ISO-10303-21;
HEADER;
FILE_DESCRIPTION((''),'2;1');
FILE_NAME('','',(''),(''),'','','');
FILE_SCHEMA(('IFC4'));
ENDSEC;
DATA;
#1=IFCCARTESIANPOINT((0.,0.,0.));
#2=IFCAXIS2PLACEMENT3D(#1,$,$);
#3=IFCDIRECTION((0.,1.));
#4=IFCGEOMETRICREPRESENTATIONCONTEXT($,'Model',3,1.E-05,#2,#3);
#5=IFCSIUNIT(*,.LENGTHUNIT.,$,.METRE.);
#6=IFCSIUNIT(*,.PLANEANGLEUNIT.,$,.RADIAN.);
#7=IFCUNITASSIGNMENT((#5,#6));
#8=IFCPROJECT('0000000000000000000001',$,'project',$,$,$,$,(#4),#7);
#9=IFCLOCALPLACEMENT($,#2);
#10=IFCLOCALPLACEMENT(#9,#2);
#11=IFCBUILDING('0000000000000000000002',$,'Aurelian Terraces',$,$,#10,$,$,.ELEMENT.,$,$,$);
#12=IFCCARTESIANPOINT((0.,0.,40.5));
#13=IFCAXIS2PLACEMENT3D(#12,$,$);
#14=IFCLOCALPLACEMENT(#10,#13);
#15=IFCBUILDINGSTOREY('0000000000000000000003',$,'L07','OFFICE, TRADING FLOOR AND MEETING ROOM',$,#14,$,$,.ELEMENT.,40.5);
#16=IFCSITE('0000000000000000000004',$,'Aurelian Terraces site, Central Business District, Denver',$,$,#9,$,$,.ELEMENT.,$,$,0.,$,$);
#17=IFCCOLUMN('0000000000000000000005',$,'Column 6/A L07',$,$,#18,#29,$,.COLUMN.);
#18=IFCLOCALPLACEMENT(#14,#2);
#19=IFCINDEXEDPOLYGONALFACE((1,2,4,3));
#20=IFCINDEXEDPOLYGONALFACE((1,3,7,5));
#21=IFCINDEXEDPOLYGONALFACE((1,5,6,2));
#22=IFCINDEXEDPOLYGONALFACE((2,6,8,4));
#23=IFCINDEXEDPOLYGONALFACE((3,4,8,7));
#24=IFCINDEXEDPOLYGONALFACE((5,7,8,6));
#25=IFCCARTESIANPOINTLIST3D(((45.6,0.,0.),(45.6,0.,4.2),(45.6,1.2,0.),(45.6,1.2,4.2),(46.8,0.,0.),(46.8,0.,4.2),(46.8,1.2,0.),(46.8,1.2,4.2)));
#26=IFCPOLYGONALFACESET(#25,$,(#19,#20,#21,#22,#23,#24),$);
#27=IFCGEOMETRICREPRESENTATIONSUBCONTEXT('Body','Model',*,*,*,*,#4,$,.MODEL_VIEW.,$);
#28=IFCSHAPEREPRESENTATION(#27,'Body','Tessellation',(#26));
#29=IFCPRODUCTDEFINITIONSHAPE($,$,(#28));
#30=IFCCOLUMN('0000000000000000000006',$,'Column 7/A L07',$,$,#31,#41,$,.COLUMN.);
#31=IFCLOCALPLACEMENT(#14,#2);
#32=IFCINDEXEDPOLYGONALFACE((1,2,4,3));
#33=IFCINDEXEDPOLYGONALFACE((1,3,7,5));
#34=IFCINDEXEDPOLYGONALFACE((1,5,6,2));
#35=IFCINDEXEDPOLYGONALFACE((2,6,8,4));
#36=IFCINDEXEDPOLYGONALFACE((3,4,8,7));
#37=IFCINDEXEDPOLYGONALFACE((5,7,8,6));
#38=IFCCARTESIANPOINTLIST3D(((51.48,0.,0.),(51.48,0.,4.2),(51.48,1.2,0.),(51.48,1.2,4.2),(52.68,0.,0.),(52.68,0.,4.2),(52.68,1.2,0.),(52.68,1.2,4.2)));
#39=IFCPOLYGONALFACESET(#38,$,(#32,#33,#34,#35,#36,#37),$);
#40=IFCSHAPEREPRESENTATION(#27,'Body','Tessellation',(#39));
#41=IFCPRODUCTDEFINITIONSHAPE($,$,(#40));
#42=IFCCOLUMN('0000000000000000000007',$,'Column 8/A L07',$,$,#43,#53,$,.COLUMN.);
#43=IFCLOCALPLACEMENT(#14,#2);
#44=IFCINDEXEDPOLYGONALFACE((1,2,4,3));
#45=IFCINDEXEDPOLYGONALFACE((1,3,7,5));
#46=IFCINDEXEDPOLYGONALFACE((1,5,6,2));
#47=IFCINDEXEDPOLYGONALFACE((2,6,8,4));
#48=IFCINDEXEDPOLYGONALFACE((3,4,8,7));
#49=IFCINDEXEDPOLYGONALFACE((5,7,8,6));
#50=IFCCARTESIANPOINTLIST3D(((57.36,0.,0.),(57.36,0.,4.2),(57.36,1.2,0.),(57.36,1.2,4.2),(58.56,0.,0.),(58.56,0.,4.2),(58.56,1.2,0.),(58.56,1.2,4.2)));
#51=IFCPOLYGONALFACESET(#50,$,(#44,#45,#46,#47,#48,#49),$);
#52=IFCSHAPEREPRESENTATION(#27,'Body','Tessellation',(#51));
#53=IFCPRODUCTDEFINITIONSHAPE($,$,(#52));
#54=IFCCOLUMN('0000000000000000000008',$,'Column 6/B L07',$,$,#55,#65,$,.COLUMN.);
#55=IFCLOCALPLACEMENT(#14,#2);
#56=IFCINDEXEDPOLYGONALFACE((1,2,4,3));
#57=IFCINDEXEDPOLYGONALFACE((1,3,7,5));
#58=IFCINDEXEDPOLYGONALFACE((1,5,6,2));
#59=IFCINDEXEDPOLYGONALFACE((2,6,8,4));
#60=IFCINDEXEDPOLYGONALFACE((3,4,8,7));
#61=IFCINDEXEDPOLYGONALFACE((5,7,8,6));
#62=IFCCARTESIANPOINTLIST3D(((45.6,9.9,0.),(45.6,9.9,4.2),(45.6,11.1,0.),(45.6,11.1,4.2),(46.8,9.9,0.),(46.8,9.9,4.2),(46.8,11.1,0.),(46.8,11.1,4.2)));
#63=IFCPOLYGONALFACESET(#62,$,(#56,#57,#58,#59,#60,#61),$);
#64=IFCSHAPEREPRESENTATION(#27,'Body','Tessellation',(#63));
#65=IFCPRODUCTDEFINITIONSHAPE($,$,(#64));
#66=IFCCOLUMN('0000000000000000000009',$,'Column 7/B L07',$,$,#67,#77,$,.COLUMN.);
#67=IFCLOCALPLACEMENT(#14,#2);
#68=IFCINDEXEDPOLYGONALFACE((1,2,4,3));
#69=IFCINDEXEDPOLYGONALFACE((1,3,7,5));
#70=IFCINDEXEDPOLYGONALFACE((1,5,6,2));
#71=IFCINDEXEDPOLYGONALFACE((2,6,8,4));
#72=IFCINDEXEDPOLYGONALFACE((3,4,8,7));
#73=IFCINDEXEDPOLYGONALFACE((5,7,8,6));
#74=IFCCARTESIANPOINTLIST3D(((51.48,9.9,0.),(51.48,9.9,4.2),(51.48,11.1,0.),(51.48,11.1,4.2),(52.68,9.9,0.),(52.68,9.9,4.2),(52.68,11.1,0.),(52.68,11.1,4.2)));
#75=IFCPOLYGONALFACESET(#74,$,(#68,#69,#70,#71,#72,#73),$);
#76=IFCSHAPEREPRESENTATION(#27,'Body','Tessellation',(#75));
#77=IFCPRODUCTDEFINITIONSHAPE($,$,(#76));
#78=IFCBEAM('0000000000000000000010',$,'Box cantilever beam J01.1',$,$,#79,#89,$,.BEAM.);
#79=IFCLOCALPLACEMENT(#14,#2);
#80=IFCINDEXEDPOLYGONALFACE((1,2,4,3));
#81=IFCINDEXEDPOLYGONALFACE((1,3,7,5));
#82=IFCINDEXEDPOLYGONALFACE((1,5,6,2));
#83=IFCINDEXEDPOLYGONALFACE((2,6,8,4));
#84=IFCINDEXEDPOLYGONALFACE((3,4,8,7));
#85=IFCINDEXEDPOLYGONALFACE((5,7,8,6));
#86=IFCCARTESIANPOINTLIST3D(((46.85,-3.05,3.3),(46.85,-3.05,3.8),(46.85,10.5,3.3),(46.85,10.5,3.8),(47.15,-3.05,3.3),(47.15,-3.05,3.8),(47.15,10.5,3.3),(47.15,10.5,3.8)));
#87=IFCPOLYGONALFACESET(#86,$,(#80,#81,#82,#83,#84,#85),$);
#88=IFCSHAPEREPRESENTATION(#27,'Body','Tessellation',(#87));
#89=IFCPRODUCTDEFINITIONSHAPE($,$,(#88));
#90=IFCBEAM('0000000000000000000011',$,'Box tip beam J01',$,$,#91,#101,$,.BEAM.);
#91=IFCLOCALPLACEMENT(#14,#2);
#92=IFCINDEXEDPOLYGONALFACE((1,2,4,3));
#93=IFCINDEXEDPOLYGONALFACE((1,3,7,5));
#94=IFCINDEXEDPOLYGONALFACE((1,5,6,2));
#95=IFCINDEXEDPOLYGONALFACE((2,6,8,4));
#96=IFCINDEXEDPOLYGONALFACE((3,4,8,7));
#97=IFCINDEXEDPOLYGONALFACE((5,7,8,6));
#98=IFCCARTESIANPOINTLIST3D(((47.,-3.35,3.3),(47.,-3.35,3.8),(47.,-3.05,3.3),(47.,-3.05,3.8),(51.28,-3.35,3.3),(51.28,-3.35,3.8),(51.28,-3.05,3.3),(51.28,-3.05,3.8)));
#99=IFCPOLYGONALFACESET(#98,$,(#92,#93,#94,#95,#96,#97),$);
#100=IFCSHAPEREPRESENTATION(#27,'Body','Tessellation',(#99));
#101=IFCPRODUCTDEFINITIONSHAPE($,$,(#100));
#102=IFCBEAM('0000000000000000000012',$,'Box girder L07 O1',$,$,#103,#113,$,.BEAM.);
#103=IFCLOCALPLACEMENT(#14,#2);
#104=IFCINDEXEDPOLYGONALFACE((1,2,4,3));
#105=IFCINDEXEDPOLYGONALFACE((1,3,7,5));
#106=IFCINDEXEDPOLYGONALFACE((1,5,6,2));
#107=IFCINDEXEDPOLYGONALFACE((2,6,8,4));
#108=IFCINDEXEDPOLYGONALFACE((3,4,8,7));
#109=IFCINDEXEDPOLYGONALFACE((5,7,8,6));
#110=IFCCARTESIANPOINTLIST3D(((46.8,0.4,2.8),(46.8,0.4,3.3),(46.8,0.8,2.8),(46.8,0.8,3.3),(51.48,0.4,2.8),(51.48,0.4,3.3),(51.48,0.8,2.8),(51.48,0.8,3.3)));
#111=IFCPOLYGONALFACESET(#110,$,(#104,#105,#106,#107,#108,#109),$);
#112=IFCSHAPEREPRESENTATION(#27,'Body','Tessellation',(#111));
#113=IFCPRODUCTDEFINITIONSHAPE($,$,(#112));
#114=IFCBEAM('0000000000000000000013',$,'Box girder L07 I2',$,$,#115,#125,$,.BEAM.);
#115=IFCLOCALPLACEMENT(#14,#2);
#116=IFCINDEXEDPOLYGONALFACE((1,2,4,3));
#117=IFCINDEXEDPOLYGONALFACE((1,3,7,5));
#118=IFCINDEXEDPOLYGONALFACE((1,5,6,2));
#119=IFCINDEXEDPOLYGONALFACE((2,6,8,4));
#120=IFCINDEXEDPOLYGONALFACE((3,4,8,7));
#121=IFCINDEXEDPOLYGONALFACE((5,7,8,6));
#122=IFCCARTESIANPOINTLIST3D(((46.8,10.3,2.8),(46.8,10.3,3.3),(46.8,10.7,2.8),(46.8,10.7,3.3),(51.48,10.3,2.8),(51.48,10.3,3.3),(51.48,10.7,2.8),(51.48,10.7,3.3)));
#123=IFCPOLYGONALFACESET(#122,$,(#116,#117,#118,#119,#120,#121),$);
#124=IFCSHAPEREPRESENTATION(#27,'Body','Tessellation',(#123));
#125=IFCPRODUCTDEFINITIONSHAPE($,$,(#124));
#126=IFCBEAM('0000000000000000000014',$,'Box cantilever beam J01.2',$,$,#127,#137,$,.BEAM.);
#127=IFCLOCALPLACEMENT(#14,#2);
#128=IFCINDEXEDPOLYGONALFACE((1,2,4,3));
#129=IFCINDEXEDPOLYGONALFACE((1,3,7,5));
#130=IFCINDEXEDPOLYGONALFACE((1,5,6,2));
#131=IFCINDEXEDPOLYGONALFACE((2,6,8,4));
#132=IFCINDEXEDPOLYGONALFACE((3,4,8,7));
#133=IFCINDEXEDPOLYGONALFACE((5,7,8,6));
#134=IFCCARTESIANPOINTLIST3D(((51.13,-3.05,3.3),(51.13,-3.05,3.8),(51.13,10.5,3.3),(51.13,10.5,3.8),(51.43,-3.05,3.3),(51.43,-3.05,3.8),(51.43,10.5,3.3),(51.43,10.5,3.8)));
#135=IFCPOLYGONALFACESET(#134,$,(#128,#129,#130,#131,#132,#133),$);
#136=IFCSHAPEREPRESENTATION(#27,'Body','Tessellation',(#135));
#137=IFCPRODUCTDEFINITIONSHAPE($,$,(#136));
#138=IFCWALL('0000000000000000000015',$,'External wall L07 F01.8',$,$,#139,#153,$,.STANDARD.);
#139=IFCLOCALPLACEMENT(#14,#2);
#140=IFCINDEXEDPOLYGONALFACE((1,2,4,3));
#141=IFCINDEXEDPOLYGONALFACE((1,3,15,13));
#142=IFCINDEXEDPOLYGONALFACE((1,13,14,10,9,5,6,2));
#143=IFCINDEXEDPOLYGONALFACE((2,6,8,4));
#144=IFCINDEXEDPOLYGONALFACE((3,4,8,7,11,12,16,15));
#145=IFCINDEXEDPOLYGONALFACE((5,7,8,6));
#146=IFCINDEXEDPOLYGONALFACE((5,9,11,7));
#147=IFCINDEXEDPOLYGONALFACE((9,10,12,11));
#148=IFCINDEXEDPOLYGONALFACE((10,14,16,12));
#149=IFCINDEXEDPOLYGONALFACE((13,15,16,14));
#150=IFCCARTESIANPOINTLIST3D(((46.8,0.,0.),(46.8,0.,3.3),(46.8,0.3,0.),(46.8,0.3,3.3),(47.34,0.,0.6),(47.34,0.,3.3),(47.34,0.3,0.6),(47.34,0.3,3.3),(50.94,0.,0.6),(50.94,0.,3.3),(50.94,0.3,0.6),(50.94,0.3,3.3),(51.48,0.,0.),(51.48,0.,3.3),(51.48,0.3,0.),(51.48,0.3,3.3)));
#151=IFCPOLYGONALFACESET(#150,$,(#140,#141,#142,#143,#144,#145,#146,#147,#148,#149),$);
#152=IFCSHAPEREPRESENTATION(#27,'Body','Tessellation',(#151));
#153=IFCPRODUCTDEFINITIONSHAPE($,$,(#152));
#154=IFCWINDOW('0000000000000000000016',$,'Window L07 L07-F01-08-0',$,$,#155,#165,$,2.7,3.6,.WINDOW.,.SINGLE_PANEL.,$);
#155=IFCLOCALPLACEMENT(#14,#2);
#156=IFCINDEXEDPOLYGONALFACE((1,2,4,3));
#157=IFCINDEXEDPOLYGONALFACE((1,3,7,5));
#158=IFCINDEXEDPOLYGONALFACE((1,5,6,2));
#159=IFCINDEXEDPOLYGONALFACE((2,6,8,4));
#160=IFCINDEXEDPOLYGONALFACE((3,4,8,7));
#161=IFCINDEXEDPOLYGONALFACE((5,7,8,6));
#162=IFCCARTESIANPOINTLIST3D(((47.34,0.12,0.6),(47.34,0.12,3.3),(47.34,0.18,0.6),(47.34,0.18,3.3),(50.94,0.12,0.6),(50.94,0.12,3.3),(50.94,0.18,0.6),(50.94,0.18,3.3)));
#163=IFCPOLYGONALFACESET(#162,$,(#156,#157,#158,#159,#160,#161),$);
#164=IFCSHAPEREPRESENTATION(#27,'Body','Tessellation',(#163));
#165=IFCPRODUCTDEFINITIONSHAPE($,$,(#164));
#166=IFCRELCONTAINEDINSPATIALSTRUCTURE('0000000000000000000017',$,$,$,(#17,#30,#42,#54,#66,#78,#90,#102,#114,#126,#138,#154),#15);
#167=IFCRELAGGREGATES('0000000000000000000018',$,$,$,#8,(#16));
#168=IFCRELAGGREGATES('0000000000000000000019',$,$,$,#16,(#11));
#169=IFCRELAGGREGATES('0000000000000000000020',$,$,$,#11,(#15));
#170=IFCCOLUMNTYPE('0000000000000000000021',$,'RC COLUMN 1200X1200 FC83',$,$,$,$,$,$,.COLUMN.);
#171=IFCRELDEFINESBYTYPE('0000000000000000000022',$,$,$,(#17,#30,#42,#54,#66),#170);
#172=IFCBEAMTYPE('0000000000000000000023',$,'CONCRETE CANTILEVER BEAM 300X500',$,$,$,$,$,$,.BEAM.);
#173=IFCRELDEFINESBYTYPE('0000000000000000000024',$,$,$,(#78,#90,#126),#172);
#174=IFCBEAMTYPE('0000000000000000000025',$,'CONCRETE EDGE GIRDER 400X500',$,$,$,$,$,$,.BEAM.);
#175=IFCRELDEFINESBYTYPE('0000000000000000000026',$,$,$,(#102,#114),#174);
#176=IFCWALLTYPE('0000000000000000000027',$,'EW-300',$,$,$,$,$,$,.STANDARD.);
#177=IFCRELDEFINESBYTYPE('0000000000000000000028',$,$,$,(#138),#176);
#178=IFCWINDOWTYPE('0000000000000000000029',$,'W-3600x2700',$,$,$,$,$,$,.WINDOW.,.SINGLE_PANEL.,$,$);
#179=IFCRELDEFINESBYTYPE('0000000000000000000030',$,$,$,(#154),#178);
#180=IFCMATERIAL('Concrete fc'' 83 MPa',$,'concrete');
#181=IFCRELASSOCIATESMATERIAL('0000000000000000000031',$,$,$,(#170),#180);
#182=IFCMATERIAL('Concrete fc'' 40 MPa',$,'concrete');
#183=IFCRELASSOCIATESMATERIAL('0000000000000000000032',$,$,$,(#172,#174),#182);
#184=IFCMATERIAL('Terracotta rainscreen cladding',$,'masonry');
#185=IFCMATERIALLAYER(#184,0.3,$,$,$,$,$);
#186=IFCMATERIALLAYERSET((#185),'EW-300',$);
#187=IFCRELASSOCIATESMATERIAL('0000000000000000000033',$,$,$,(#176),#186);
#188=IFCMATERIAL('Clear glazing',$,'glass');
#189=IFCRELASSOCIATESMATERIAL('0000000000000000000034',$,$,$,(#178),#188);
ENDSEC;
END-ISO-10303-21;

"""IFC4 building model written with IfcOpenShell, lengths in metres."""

from ifc_helpers import new_model, si_unit, direction, frame, frame_2d, origin, origin_2d, place, context, subcontext, project, spatial, rectangle, extrude, source, transform, mapped, material, layer, layer_set, material_profile, profile_set, type_object, element, fill, save


model = new_model("IFC4")

# Units and contexts
model_context = context("Model", 3, precision=1e-05, world=origin(), true_north=direction((0.0, 1.0)))
body_context = subcontext(model_context, "Body", "Model", "MODEL_VIEW")
ifc_project = project(units=[si_unit("LENGTHUNIT", "METRE"), si_unit("PLANEANGLEUNIT", "RADIAN")], contexts=[model_context])

# Site, building, storey
site_placement = place(None, origin())
site = spatial("IfcSite", under=ifc_project, at=site_placement, Name="Aurelian Terraces site, Central Business District, Denver", CompositionType="ELEMENT", RefElevation=0.0)
building_placement = place(site_placement, origin())
building = spatial("IfcBuilding", under=site, at=building_placement, Name="Aurelian Terraces", CompositionType="ELEMENT")
storey_placement = place(building_placement, frame((0.0, 0.0, 40.5)))
storey = spatial("IfcBuildingStorey", under=building, at=storey_placement, Name="L07", Description="OFFICE, TRADING FLOOR AND MEETING ROOM", CompositionType="ELEMENT", Elevation=40.5)

# Columns
ifc_material_1 = material(Name="Concrete fc' 83 MPa", Category="concrete")
ifc_material_profile_1 = material_profile(ifc_material_1, rectangle(XDim=1.2, YDim=1.2, at=origin_2d()))
ifc_profile_set_1 = profile_set([ifc_material_profile_1], Name="Concrete fc' 83 MPa")
column_type = type_object("IfcColumnType", Name="RC COLUMN 1200X1200 FC83", PredefinedType="COLUMN", material=ifc_profile_set_1)
shared_shape_1 = source(origin(), body_context, "Body", "SweptSolid", [
    extrude(rectangle(XDim=1.2, YDim=1.2, at=origin_2d()), origin(), (0.0, 0.0, 1.0), 4.2),
])
for number, where, z_axis, x_axis, name in (
    (1, (46.2, 0.6, 0.0), (0.0, 0.0, 1.0), (1.0, 0.0, 0.0), "Column 6/A L07"),
    (2, (52.08, 0.6, 0.0), (0.0, 0.0, 1.0), (1.0, 0.0, 0.0), "Column 7/A L07"),
    (3, (57.96, 0.6, 0.0), (0.0, 0.0, 1.0), (1.0, 0.0, 0.0), "Column 8/A L07"),
    (4, (46.2, 10.5, 0.0), (0.0, 0.0, 1.0), (1.0, 0.0, 0.0), "Column 6/B L07"),
    (5, (52.08, 10.5, 0.0), (0.0, 0.0, 1.0), (1.0, 0.0, 0.0), "Column 7/B L07"),
):
    element("IfcColumn", number, at=place(storey_placement, frame(where, z_axis=z_axis, x_axis=x_axis)), inside=storey, type_object=column_type, Name=name, PredefinedType="COLUMN", context=body_context, shape_type="MappedRepresentation", body=[
        mapped(shared_shape_1, transform((0.0, 0.0, 0.0), scale=1.0)),
    ])

# Beams
ifc_material_2 = material(Name="Concrete fc' 40 MPa", Category="concrete")
ifc_material_profile_2 = material_profile(ifc_material_2, rectangle(XDim=0.3, YDim=0.5, at=origin_2d()))
ifc_profile_set_2 = profile_set([ifc_material_profile_2], Name="Concrete fc' 40 MPa")
beam_type_1 = type_object("IfcBeamType", Name="CONCRETE CANTILEVER BEAM 300X500", PredefinedType="BEAM", material=ifc_profile_set_2)
beam_1_placement = place(storey_placement, frame((47.0, -3.05, 3.55), z_axis=(0.0, 1.0, 0.0), x_axis=(-1.0, 0.0, 0.0)))
element("IfcBeam", 6, at=beam_1_placement, inside=storey, type_object=beam_type_1, Name="Box cantilever beam J01.1", PredefinedType="BEAM", context=body_context, shape_type="SweptSolid", body=[
    extrude(rectangle(XDim=0.3, YDim=0.5, at=origin_2d()), origin(), (0.0, 0.0, 1.0), 13.55),
])
beam_2_placement = place(storey_placement, frame((47.0, -3.2, 3.55), z_axis=(1.0, 0.0, 0.0), x_axis=(0.0, 1.0, 0.0)))
element("IfcBeam", 7, at=beam_2_placement, inside=storey, type_object=beam_type_1, Name="Box tip beam J01", PredefinedType="BEAM", context=body_context, shape_type="SweptSolid", body=[
    extrude(rectangle(XDim=0.3, YDim=0.5, at=origin_2d()), origin(), (0.0, 0.0, 1.0), 4.28),
])
ifc_material_profile_3 = material_profile(ifc_material_2, rectangle(XDim=0.4, YDim=0.5, at=origin_2d()))
ifc_profile_set_3 = profile_set([ifc_material_profile_3], Name="Concrete fc' 40 MPa")
beam_type_2 = type_object("IfcBeamType", Name="CONCRETE EDGE GIRDER 400X500", PredefinedType="BEAM", material=ifc_profile_set_3)
beam_3_placement = place(storey_placement, frame((46.8, 0.6, 3.05), z_axis=(1.0, 0.0, 0.0), x_axis=(0.0, 1.0, 0.0)))
element("IfcBeam", 8, at=beam_3_placement, inside=storey, type_object=beam_type_2, Name="Box girder L07 O1", PredefinedType="BEAM", context=body_context, shape_type="SweptSolid", body=[
    extrude(rectangle(XDim=0.4, YDim=0.5, at=origin_2d()), origin(), (0.0, 0.0, 1.0), 4.68),
])
shared_shape_2 = source(origin(), body_context, "Body", "SweptSolid", [
    extrude(rectangle(XDim=0.4, YDim=0.5, at=origin_2d()), origin(), (0.0, 0.0, 1.0), 4.68),
])
beam_4_placement = place(storey_placement, frame((46.8, 10.5, 3.05), z_axis=(1.0, 0.0, 0.0), x_axis=(0.0, 1.0, 0.0)))
element("IfcBeam", 9, at=beam_4_placement, inside=storey, type_object=beam_type_2, Name="Box girder L07 I2", PredefinedType="BEAM", context=body_context, shape_type="MappedRepresentation", body=[
    mapped(shared_shape_2, transform((0.0, 0.0, 0.0), scale=1.0)),
])
shared_shape_3 = source(origin(), body_context, "Body", "SweptSolid", [
    extrude(rectangle(XDim=0.3, YDim=0.5, at=origin_2d()), origin(), (0.0, 0.0, 1.0), 13.55),
])
beam_5_placement = place(storey_placement, frame((51.28, -3.05, 3.55), z_axis=(0.0, 1.0, 0.0), x_axis=(-1.0, 0.0, 0.0)))
element("IfcBeam", 10, at=beam_5_placement, inside=storey, type_object=beam_type_1, Name="Box cantilever beam J01.2", PredefinedType="BEAM", context=body_context, shape_type="MappedRepresentation", body=[
    mapped(shared_shape_3, transform((0.0, 0.0, 0.0), scale=1.0)),
])

# Wall, opening, window
ifc_material_3 = material(Name="Terracotta rainscreen cladding", Category="masonry")
ifc_layer_1 = layer(ifc_material_3, 0.3)
ifc_layer_set_1 = layer_set([ifc_layer_1], Name="EW-300")
wall_type_1 = type_object("IfcWallType", Name="EW-300", PredefinedType="STANDARD", material=ifc_layer_set_1)
wall_1_placement = place(storey_placement, frame((46.8, 0.15, 0.0), z_axis=(0.0, 0.0, 1.0), x_axis=(1.0, 0.0, 0.0)))
wall_1 = element("IfcWall", 11, at=wall_1_placement, inside=storey, type_object=wall_type_1, Name="External wall L07 F01.8", PredefinedType="STANDARD", context=body_context, shape_type="SweptSolid", body=[
    extrude(rectangle(XDim=4.68, YDim=0.3, at=frame_2d((2.34, 0.0))), origin(), (0.0, 0.0, 1.0), 3.3),
])
shared_shape_4 = source(origin(), body_context, "Body", "SweptSolid", [
    extrude(rectangle(XDim=3.6, YDim=2.7, at=frame_2d((1.8, 1.35))), frame((0.0, 0.16, 0.0), z_axis=(0.0, -1.0, 0.0), x_axis=(1.0, 0.0, 0.0)), (0.0, 0.0, 1.0), 0.32),
])
opening_1_placement = place(wall_1_placement, frame((0.54, 0.0, 0.6)))
opening_1 = element("IfcOpeningElement", 12, at=opening_1_placement, cuts=wall_1, PredefinedType="OPENING", context=body_context, shape_type="MappedRepresentation", body=[
    mapped(shared_shape_4, transform((0.0, 0.0, 0.0), scale=1.0)),
])
ifc_material_4 = material(Name="Clear glazing", Category="glass")
window_type = type_object("IfcWindowType", Name="W-3600x2700", PartitioningType="SINGLE_PANEL", PredefinedType="WINDOW", material=ifc_material_4)
shared_shape_5 = source(origin(), body_context, "Body", "SweptSolid", [
    extrude(rectangle(XDim=3.6, YDim=2.7, at=frame_2d((1.8, 1.35))), frame((0.0, 0.03, 0.0), z_axis=(0.0, -1.0, 0.0), x_axis=(1.0, 0.0, 0.0)), (0.0, 0.0, 1.0), 0.06),
])
window_1_placement = place(opening_1_placement, origin())
window_1 = element("IfcWindow", 13, at=window_1_placement, inside=storey, type_object=window_type, Name="Window L07 L07-F01-08-0", OverallHeight=2.7, OverallWidth=3.6, PartitioningType="SINGLE_PANEL", PredefinedType="WINDOW", context=body_context, shape_type="MappedRepresentation", body=[
    mapped(shared_shape_5, transform((0.0, 0.0, 0.0), scale=1.0)),
])
fill(opening_1, window_1)

save(model, "model.ifc")
